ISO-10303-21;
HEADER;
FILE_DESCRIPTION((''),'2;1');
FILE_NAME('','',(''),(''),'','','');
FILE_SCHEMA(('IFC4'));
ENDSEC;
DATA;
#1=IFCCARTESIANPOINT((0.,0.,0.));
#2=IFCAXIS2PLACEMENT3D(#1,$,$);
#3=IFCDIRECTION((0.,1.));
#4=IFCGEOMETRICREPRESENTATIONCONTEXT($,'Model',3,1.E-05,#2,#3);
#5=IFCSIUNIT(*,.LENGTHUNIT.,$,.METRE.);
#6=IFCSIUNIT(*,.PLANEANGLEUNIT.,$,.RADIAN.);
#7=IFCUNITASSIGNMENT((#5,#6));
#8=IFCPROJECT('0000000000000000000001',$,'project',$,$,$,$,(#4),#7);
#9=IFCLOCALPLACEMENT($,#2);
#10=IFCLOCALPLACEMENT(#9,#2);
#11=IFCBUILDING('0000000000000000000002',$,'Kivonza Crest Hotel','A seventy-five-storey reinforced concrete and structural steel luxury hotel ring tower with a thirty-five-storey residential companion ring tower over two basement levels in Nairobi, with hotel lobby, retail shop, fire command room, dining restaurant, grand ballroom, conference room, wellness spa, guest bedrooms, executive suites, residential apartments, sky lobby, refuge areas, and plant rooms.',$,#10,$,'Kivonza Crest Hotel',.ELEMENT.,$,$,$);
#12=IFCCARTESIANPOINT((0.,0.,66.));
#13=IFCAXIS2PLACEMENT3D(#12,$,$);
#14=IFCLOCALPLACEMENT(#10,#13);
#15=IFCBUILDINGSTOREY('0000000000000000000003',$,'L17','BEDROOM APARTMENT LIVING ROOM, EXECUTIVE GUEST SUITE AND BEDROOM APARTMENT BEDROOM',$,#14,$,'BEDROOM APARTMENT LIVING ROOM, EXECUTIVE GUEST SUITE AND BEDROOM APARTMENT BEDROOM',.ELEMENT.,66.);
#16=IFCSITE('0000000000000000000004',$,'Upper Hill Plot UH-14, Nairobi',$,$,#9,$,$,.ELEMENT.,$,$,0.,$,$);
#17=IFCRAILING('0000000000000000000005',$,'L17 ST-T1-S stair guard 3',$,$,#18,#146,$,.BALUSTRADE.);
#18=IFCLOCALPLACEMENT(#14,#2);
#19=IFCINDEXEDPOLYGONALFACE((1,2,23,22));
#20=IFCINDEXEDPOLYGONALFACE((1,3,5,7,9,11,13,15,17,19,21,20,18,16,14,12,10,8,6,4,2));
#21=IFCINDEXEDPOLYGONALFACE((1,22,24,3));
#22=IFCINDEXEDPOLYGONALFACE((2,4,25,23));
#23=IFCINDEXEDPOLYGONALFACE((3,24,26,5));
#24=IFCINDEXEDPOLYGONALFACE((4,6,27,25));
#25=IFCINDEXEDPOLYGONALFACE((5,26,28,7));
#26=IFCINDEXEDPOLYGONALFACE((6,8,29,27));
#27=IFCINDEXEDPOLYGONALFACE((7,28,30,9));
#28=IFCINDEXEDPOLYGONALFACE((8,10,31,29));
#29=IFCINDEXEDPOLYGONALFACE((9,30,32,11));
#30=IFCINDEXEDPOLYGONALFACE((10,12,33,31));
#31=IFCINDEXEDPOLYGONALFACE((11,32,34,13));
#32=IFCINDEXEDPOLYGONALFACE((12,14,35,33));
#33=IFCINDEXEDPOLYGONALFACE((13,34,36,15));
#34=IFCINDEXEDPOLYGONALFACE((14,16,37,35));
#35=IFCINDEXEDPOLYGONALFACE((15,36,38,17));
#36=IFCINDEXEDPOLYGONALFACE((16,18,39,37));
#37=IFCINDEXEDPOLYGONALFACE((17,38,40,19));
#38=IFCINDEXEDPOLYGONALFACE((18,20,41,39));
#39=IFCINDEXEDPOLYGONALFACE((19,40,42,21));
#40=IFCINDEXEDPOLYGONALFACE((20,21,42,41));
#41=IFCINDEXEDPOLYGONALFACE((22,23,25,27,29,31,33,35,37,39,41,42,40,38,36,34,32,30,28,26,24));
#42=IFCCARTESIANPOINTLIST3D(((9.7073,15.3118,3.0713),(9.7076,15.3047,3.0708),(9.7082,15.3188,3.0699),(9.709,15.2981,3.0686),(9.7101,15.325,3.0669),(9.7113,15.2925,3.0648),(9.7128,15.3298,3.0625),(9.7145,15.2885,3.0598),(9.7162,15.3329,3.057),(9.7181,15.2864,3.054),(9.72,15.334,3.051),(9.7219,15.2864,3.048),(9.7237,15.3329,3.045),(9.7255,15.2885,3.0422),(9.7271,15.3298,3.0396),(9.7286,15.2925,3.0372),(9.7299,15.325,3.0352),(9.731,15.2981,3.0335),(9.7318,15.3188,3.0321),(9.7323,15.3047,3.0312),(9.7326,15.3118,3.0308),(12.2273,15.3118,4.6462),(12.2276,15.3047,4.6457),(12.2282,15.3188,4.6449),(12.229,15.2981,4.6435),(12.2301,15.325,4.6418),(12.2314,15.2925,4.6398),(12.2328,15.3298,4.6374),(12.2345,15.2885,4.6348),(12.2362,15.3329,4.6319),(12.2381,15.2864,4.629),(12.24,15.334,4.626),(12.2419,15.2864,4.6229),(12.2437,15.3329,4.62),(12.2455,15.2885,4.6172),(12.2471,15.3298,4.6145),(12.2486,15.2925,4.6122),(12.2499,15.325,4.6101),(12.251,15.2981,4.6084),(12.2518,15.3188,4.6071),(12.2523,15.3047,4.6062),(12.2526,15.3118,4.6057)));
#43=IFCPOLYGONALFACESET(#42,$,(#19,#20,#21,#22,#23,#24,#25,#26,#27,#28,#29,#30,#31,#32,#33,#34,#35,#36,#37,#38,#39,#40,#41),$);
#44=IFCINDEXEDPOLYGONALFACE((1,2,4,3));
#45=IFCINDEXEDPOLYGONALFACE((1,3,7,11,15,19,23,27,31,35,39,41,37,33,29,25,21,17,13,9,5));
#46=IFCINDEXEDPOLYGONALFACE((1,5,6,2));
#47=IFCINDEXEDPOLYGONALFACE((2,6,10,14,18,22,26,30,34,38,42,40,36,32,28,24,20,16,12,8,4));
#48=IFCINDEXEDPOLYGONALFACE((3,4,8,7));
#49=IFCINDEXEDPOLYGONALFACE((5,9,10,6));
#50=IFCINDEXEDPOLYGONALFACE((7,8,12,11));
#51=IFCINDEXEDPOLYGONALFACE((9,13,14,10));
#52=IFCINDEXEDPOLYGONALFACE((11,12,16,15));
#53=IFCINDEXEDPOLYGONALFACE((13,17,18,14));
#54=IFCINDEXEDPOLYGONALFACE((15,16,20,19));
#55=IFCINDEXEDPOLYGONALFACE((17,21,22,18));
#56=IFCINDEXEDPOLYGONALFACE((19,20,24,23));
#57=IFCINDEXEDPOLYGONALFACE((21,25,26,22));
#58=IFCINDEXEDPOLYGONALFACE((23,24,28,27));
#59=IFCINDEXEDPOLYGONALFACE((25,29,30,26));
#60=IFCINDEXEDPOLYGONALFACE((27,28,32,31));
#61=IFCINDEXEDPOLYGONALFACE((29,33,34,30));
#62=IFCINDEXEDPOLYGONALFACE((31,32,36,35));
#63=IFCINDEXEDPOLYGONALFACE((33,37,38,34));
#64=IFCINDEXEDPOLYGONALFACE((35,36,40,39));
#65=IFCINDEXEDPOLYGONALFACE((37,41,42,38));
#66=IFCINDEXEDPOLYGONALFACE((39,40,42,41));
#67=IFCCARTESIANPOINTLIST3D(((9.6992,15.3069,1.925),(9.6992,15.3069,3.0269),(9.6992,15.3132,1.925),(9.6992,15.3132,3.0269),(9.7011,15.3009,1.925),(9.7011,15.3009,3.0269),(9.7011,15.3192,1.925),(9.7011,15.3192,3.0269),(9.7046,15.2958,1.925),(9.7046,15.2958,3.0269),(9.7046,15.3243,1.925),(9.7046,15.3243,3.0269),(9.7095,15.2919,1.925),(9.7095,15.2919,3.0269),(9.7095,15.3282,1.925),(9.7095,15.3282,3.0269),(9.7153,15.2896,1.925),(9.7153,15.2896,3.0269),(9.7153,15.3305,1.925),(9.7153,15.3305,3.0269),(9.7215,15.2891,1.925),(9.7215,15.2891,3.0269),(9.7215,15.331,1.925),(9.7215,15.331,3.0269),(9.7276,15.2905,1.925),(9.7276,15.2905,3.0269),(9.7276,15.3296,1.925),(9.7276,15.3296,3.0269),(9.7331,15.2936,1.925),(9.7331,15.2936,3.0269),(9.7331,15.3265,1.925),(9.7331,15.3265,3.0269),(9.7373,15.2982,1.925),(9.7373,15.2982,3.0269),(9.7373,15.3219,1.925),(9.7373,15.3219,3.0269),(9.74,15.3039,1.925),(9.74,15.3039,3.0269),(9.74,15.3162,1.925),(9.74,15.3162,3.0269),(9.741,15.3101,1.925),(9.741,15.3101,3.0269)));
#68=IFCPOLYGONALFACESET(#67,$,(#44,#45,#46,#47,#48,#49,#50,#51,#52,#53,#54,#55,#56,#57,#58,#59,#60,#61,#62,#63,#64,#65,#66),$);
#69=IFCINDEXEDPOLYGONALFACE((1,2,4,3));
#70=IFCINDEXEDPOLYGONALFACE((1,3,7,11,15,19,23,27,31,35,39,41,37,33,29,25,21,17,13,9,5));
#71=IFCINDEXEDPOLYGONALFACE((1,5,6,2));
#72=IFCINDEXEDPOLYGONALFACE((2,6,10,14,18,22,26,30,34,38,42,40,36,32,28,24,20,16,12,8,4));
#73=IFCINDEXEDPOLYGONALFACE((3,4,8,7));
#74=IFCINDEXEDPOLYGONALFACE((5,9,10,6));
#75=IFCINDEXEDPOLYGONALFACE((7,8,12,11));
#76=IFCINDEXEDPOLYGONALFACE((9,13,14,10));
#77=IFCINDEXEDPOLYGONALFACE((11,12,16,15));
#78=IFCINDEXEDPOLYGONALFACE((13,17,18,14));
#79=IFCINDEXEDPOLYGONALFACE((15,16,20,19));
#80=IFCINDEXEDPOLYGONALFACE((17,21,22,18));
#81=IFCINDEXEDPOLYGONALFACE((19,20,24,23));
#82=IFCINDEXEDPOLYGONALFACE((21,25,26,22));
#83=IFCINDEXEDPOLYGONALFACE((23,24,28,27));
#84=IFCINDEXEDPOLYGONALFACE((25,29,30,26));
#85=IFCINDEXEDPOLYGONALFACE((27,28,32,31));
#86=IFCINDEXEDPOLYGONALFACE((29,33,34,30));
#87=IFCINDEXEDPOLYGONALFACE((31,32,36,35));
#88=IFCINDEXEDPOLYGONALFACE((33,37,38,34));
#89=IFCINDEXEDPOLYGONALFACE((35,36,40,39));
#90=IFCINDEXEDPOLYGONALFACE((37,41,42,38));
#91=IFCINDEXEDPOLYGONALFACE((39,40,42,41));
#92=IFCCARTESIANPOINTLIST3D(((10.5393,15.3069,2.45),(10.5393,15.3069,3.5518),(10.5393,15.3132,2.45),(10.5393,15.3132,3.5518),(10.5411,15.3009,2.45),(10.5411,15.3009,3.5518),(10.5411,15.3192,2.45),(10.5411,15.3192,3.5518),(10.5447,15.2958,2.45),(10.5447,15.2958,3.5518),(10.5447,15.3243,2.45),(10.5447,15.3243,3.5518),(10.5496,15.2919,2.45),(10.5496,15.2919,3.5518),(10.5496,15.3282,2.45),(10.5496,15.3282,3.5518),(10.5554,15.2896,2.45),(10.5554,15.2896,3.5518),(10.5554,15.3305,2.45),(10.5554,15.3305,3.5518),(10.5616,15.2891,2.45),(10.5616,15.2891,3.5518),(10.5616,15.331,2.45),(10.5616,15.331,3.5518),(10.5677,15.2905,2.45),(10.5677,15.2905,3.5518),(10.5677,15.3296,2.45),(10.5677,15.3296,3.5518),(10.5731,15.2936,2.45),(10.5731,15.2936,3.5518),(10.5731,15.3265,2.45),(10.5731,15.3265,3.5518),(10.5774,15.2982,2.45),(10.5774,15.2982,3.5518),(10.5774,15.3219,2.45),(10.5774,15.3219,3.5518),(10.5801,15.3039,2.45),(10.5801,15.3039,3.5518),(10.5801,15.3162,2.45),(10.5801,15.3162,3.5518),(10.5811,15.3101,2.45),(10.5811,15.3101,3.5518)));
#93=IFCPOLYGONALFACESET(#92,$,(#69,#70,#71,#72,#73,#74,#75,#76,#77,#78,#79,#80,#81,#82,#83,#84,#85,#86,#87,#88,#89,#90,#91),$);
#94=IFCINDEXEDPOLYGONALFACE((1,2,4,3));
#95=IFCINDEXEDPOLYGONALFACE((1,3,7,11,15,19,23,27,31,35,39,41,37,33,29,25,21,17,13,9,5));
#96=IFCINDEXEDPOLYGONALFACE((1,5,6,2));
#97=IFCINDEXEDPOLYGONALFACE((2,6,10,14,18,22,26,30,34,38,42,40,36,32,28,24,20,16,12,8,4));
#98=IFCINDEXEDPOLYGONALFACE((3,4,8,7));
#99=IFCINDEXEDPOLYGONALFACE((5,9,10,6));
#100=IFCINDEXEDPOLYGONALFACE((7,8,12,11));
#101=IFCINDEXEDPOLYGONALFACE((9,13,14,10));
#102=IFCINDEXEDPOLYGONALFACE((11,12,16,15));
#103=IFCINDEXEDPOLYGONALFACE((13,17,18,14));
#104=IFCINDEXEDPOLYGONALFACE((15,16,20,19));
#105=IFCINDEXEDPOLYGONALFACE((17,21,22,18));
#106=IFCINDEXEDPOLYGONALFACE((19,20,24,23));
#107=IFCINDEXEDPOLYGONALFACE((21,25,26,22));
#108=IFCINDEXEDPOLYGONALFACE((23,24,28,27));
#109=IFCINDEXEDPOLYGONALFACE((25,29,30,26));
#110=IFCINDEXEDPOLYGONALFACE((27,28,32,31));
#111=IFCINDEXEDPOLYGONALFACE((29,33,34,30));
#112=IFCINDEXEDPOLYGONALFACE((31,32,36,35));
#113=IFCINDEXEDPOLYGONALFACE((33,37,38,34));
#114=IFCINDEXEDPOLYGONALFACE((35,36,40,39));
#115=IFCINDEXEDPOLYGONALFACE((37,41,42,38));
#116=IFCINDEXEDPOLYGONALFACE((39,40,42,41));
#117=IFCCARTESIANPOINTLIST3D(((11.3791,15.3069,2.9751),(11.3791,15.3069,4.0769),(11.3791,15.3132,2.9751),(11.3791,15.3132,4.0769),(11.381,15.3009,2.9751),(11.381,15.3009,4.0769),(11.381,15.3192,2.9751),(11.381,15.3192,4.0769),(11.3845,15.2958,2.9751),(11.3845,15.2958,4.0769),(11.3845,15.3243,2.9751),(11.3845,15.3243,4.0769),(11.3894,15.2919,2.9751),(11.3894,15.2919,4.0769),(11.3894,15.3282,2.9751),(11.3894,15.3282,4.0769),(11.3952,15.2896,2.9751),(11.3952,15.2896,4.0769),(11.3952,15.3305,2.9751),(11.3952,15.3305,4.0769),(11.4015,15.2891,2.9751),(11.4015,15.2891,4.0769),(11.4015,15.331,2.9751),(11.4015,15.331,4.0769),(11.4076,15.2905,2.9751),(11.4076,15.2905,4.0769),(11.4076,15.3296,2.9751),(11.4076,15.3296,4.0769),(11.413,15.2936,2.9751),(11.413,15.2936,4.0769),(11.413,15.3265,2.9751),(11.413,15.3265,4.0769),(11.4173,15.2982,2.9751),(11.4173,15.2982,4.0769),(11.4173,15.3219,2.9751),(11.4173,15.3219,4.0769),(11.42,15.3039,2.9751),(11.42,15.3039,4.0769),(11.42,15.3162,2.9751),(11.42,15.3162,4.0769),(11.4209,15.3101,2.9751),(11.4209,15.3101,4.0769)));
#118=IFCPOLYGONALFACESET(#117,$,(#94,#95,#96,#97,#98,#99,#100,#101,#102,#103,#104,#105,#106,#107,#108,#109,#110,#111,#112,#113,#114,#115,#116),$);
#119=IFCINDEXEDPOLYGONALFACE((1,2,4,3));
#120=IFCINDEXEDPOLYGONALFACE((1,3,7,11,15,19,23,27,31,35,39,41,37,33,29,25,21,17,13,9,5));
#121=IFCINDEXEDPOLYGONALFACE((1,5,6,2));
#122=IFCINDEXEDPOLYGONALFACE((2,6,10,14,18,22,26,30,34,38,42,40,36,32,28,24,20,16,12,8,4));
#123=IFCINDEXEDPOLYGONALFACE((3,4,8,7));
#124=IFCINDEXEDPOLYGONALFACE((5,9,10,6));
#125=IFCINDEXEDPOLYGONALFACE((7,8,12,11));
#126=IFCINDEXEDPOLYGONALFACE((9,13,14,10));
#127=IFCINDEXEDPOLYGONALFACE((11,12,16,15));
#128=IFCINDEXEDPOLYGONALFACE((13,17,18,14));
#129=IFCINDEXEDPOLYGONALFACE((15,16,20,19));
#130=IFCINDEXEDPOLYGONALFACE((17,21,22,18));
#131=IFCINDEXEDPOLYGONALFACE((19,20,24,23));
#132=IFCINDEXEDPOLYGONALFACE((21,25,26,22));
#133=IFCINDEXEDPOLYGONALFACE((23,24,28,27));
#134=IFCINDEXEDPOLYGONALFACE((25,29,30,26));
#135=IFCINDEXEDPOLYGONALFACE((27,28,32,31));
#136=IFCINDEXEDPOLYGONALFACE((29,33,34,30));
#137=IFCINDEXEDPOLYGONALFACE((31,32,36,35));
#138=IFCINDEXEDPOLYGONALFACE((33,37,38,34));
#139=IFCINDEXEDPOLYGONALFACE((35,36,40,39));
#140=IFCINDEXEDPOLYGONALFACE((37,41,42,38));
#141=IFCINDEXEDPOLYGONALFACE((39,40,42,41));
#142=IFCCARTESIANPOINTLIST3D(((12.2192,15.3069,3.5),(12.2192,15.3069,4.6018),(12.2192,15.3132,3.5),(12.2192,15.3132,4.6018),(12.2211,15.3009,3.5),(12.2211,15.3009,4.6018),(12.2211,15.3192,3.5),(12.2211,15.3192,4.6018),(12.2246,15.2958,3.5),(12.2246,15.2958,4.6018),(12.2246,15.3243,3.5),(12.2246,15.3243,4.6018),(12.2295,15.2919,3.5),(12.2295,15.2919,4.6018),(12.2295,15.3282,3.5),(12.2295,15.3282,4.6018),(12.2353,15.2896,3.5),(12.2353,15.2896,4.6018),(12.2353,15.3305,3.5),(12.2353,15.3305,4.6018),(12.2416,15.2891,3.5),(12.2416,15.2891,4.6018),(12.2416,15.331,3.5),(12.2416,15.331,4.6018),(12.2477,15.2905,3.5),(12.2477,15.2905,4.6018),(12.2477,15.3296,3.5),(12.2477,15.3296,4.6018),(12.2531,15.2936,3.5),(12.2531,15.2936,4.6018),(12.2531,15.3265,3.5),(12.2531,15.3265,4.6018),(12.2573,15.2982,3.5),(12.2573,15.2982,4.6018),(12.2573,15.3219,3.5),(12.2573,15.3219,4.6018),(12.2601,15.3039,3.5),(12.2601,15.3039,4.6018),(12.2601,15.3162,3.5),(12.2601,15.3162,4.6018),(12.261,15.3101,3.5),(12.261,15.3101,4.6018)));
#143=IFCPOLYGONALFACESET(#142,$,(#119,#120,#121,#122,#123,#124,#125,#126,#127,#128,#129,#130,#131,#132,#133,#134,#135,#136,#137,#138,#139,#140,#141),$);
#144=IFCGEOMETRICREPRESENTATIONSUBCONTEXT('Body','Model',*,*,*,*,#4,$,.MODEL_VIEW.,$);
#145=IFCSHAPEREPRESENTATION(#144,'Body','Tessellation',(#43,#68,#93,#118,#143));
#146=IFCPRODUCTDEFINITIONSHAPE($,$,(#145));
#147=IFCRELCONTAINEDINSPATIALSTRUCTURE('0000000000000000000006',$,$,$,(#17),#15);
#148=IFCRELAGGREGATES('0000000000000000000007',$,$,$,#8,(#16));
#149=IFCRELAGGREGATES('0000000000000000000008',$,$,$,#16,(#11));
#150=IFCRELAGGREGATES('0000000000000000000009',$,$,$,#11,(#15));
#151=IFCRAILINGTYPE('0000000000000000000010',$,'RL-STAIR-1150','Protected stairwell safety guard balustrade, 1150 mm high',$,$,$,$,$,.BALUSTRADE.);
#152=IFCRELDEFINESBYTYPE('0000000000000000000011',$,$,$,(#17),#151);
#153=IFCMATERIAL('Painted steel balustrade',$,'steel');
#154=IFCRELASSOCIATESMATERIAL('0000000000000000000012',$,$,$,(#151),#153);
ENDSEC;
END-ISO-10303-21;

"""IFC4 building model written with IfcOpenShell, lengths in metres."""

from ifc_helpers import new_model, si_unit, direction, frame, origin, origin_2d, place, context, subcontext, project, spatial, circle, extrude, material, type_object, element, save


model = new_model("IFC4")

# Units and contexts
model_context = context("Model", 3, precision=1e-05, world=origin(), true_north=direction((0.0, 1.0)))
body_context = subcontext(model_context, "Body", "Model", "MODEL_VIEW")
ifc_project = project(units=[si_unit("LENGTHUNIT", "METRE"), si_unit("PLANEANGLEUNIT", "RADIAN")], contexts=[model_context])

# Site, building, storey
site_placement = place(None, origin())
site = spatial("IfcSite", under=ifc_project, at=site_placement, Name="Upper Hill Plot UH-14, Nairobi", CompositionType="ELEMENT", RefElevation=0.0)
building_placement = place(site_placement, origin())
building = spatial("IfcBuilding", under=site, at=building_placement, Name="Kivonza Crest Hotel", Description="A seventy-five-storey reinforced concrete and structural steel luxury hotel ring tower with a thirty-five-storey residential companion ring tower over two basement levels in Nairobi, with hotel lobby, retail shop, fire command room, dining restaurant, grand ballroom, conference room, wellness spa, guest bedrooms, executive suites, residential apartments, sky lobby, refuge areas, and plant rooms.", LongName="Kivonza Crest Hotel", CompositionType="ELEMENT")
storey_placement = place(building_placement, frame((0.0, 0.0, 66.0)))
storey = spatial("IfcBuildingStorey", under=building, at=storey_placement, Name="L17", Description="BEDROOM APARTMENT LIVING ROOM, EXECUTIVE GUEST SUITE AND BEDROOM APARTMENT BEDROOM", LongName="BEDROOM APARTMENT LIVING ROOM, EXECUTIVE GUEST SUITE AND BEDROOM APARTMENT BEDROOM", CompositionType="ELEMENT", Elevation=66.0)

# Railing
ifc_material_1 = material(Name="Painted steel balustrade", Category="steel")
railing_type_1 = type_object("IfcRailingType", Name="RL-STAIR-1150", Description="Protected stairwell safety guard balustrade, 1150 mm high", PredefinedType="BALUSTRADE", material=ifc_material_1)
railing_1_placement = place(storey_placement, frame((9.72, 15.3101, 1.925)))
element("IfcRailing", 1, at=railing_1_placement, inside=storey, type_object=railing_type_1, Name="L17 ST-T1-S stair guard 3", PredefinedType="BALUSTRADE", context=body_context, shape_type="SweptSolid", body=[
    extrude(circle(Radius=0.0239, at=origin_2d()), frame((0.0, 0.0, 1.126), z_axis=(0.848008, 0.0, 0.529984), x_axis=(0.0, 1.0, 0.0)), (0.0, 0.0, 1.0), 2.9717),
    extrude(circle(Radius=0.021, at=origin_2d()), origin(), (0.0, 0.0, 1.0), 1.1018),
    extrude(circle(Radius=0.021, at=origin_2d()), frame((0.8401, 0.0, 0.5249)), (0.0, 0.0, 1.0), 1.1018),
    extrude(circle(Radius=0.021, at=origin_2d()), frame((1.6799, 0.0, 1.05)), (0.0, 0.0, 1.0), 1.1018),
    extrude(circle(Radius=0.021, at=origin_2d()), frame((2.52, 0.0, 1.575)), (0.0, 0.0, 1.0), 1.1018),
])

save(model, "model.ifc")
